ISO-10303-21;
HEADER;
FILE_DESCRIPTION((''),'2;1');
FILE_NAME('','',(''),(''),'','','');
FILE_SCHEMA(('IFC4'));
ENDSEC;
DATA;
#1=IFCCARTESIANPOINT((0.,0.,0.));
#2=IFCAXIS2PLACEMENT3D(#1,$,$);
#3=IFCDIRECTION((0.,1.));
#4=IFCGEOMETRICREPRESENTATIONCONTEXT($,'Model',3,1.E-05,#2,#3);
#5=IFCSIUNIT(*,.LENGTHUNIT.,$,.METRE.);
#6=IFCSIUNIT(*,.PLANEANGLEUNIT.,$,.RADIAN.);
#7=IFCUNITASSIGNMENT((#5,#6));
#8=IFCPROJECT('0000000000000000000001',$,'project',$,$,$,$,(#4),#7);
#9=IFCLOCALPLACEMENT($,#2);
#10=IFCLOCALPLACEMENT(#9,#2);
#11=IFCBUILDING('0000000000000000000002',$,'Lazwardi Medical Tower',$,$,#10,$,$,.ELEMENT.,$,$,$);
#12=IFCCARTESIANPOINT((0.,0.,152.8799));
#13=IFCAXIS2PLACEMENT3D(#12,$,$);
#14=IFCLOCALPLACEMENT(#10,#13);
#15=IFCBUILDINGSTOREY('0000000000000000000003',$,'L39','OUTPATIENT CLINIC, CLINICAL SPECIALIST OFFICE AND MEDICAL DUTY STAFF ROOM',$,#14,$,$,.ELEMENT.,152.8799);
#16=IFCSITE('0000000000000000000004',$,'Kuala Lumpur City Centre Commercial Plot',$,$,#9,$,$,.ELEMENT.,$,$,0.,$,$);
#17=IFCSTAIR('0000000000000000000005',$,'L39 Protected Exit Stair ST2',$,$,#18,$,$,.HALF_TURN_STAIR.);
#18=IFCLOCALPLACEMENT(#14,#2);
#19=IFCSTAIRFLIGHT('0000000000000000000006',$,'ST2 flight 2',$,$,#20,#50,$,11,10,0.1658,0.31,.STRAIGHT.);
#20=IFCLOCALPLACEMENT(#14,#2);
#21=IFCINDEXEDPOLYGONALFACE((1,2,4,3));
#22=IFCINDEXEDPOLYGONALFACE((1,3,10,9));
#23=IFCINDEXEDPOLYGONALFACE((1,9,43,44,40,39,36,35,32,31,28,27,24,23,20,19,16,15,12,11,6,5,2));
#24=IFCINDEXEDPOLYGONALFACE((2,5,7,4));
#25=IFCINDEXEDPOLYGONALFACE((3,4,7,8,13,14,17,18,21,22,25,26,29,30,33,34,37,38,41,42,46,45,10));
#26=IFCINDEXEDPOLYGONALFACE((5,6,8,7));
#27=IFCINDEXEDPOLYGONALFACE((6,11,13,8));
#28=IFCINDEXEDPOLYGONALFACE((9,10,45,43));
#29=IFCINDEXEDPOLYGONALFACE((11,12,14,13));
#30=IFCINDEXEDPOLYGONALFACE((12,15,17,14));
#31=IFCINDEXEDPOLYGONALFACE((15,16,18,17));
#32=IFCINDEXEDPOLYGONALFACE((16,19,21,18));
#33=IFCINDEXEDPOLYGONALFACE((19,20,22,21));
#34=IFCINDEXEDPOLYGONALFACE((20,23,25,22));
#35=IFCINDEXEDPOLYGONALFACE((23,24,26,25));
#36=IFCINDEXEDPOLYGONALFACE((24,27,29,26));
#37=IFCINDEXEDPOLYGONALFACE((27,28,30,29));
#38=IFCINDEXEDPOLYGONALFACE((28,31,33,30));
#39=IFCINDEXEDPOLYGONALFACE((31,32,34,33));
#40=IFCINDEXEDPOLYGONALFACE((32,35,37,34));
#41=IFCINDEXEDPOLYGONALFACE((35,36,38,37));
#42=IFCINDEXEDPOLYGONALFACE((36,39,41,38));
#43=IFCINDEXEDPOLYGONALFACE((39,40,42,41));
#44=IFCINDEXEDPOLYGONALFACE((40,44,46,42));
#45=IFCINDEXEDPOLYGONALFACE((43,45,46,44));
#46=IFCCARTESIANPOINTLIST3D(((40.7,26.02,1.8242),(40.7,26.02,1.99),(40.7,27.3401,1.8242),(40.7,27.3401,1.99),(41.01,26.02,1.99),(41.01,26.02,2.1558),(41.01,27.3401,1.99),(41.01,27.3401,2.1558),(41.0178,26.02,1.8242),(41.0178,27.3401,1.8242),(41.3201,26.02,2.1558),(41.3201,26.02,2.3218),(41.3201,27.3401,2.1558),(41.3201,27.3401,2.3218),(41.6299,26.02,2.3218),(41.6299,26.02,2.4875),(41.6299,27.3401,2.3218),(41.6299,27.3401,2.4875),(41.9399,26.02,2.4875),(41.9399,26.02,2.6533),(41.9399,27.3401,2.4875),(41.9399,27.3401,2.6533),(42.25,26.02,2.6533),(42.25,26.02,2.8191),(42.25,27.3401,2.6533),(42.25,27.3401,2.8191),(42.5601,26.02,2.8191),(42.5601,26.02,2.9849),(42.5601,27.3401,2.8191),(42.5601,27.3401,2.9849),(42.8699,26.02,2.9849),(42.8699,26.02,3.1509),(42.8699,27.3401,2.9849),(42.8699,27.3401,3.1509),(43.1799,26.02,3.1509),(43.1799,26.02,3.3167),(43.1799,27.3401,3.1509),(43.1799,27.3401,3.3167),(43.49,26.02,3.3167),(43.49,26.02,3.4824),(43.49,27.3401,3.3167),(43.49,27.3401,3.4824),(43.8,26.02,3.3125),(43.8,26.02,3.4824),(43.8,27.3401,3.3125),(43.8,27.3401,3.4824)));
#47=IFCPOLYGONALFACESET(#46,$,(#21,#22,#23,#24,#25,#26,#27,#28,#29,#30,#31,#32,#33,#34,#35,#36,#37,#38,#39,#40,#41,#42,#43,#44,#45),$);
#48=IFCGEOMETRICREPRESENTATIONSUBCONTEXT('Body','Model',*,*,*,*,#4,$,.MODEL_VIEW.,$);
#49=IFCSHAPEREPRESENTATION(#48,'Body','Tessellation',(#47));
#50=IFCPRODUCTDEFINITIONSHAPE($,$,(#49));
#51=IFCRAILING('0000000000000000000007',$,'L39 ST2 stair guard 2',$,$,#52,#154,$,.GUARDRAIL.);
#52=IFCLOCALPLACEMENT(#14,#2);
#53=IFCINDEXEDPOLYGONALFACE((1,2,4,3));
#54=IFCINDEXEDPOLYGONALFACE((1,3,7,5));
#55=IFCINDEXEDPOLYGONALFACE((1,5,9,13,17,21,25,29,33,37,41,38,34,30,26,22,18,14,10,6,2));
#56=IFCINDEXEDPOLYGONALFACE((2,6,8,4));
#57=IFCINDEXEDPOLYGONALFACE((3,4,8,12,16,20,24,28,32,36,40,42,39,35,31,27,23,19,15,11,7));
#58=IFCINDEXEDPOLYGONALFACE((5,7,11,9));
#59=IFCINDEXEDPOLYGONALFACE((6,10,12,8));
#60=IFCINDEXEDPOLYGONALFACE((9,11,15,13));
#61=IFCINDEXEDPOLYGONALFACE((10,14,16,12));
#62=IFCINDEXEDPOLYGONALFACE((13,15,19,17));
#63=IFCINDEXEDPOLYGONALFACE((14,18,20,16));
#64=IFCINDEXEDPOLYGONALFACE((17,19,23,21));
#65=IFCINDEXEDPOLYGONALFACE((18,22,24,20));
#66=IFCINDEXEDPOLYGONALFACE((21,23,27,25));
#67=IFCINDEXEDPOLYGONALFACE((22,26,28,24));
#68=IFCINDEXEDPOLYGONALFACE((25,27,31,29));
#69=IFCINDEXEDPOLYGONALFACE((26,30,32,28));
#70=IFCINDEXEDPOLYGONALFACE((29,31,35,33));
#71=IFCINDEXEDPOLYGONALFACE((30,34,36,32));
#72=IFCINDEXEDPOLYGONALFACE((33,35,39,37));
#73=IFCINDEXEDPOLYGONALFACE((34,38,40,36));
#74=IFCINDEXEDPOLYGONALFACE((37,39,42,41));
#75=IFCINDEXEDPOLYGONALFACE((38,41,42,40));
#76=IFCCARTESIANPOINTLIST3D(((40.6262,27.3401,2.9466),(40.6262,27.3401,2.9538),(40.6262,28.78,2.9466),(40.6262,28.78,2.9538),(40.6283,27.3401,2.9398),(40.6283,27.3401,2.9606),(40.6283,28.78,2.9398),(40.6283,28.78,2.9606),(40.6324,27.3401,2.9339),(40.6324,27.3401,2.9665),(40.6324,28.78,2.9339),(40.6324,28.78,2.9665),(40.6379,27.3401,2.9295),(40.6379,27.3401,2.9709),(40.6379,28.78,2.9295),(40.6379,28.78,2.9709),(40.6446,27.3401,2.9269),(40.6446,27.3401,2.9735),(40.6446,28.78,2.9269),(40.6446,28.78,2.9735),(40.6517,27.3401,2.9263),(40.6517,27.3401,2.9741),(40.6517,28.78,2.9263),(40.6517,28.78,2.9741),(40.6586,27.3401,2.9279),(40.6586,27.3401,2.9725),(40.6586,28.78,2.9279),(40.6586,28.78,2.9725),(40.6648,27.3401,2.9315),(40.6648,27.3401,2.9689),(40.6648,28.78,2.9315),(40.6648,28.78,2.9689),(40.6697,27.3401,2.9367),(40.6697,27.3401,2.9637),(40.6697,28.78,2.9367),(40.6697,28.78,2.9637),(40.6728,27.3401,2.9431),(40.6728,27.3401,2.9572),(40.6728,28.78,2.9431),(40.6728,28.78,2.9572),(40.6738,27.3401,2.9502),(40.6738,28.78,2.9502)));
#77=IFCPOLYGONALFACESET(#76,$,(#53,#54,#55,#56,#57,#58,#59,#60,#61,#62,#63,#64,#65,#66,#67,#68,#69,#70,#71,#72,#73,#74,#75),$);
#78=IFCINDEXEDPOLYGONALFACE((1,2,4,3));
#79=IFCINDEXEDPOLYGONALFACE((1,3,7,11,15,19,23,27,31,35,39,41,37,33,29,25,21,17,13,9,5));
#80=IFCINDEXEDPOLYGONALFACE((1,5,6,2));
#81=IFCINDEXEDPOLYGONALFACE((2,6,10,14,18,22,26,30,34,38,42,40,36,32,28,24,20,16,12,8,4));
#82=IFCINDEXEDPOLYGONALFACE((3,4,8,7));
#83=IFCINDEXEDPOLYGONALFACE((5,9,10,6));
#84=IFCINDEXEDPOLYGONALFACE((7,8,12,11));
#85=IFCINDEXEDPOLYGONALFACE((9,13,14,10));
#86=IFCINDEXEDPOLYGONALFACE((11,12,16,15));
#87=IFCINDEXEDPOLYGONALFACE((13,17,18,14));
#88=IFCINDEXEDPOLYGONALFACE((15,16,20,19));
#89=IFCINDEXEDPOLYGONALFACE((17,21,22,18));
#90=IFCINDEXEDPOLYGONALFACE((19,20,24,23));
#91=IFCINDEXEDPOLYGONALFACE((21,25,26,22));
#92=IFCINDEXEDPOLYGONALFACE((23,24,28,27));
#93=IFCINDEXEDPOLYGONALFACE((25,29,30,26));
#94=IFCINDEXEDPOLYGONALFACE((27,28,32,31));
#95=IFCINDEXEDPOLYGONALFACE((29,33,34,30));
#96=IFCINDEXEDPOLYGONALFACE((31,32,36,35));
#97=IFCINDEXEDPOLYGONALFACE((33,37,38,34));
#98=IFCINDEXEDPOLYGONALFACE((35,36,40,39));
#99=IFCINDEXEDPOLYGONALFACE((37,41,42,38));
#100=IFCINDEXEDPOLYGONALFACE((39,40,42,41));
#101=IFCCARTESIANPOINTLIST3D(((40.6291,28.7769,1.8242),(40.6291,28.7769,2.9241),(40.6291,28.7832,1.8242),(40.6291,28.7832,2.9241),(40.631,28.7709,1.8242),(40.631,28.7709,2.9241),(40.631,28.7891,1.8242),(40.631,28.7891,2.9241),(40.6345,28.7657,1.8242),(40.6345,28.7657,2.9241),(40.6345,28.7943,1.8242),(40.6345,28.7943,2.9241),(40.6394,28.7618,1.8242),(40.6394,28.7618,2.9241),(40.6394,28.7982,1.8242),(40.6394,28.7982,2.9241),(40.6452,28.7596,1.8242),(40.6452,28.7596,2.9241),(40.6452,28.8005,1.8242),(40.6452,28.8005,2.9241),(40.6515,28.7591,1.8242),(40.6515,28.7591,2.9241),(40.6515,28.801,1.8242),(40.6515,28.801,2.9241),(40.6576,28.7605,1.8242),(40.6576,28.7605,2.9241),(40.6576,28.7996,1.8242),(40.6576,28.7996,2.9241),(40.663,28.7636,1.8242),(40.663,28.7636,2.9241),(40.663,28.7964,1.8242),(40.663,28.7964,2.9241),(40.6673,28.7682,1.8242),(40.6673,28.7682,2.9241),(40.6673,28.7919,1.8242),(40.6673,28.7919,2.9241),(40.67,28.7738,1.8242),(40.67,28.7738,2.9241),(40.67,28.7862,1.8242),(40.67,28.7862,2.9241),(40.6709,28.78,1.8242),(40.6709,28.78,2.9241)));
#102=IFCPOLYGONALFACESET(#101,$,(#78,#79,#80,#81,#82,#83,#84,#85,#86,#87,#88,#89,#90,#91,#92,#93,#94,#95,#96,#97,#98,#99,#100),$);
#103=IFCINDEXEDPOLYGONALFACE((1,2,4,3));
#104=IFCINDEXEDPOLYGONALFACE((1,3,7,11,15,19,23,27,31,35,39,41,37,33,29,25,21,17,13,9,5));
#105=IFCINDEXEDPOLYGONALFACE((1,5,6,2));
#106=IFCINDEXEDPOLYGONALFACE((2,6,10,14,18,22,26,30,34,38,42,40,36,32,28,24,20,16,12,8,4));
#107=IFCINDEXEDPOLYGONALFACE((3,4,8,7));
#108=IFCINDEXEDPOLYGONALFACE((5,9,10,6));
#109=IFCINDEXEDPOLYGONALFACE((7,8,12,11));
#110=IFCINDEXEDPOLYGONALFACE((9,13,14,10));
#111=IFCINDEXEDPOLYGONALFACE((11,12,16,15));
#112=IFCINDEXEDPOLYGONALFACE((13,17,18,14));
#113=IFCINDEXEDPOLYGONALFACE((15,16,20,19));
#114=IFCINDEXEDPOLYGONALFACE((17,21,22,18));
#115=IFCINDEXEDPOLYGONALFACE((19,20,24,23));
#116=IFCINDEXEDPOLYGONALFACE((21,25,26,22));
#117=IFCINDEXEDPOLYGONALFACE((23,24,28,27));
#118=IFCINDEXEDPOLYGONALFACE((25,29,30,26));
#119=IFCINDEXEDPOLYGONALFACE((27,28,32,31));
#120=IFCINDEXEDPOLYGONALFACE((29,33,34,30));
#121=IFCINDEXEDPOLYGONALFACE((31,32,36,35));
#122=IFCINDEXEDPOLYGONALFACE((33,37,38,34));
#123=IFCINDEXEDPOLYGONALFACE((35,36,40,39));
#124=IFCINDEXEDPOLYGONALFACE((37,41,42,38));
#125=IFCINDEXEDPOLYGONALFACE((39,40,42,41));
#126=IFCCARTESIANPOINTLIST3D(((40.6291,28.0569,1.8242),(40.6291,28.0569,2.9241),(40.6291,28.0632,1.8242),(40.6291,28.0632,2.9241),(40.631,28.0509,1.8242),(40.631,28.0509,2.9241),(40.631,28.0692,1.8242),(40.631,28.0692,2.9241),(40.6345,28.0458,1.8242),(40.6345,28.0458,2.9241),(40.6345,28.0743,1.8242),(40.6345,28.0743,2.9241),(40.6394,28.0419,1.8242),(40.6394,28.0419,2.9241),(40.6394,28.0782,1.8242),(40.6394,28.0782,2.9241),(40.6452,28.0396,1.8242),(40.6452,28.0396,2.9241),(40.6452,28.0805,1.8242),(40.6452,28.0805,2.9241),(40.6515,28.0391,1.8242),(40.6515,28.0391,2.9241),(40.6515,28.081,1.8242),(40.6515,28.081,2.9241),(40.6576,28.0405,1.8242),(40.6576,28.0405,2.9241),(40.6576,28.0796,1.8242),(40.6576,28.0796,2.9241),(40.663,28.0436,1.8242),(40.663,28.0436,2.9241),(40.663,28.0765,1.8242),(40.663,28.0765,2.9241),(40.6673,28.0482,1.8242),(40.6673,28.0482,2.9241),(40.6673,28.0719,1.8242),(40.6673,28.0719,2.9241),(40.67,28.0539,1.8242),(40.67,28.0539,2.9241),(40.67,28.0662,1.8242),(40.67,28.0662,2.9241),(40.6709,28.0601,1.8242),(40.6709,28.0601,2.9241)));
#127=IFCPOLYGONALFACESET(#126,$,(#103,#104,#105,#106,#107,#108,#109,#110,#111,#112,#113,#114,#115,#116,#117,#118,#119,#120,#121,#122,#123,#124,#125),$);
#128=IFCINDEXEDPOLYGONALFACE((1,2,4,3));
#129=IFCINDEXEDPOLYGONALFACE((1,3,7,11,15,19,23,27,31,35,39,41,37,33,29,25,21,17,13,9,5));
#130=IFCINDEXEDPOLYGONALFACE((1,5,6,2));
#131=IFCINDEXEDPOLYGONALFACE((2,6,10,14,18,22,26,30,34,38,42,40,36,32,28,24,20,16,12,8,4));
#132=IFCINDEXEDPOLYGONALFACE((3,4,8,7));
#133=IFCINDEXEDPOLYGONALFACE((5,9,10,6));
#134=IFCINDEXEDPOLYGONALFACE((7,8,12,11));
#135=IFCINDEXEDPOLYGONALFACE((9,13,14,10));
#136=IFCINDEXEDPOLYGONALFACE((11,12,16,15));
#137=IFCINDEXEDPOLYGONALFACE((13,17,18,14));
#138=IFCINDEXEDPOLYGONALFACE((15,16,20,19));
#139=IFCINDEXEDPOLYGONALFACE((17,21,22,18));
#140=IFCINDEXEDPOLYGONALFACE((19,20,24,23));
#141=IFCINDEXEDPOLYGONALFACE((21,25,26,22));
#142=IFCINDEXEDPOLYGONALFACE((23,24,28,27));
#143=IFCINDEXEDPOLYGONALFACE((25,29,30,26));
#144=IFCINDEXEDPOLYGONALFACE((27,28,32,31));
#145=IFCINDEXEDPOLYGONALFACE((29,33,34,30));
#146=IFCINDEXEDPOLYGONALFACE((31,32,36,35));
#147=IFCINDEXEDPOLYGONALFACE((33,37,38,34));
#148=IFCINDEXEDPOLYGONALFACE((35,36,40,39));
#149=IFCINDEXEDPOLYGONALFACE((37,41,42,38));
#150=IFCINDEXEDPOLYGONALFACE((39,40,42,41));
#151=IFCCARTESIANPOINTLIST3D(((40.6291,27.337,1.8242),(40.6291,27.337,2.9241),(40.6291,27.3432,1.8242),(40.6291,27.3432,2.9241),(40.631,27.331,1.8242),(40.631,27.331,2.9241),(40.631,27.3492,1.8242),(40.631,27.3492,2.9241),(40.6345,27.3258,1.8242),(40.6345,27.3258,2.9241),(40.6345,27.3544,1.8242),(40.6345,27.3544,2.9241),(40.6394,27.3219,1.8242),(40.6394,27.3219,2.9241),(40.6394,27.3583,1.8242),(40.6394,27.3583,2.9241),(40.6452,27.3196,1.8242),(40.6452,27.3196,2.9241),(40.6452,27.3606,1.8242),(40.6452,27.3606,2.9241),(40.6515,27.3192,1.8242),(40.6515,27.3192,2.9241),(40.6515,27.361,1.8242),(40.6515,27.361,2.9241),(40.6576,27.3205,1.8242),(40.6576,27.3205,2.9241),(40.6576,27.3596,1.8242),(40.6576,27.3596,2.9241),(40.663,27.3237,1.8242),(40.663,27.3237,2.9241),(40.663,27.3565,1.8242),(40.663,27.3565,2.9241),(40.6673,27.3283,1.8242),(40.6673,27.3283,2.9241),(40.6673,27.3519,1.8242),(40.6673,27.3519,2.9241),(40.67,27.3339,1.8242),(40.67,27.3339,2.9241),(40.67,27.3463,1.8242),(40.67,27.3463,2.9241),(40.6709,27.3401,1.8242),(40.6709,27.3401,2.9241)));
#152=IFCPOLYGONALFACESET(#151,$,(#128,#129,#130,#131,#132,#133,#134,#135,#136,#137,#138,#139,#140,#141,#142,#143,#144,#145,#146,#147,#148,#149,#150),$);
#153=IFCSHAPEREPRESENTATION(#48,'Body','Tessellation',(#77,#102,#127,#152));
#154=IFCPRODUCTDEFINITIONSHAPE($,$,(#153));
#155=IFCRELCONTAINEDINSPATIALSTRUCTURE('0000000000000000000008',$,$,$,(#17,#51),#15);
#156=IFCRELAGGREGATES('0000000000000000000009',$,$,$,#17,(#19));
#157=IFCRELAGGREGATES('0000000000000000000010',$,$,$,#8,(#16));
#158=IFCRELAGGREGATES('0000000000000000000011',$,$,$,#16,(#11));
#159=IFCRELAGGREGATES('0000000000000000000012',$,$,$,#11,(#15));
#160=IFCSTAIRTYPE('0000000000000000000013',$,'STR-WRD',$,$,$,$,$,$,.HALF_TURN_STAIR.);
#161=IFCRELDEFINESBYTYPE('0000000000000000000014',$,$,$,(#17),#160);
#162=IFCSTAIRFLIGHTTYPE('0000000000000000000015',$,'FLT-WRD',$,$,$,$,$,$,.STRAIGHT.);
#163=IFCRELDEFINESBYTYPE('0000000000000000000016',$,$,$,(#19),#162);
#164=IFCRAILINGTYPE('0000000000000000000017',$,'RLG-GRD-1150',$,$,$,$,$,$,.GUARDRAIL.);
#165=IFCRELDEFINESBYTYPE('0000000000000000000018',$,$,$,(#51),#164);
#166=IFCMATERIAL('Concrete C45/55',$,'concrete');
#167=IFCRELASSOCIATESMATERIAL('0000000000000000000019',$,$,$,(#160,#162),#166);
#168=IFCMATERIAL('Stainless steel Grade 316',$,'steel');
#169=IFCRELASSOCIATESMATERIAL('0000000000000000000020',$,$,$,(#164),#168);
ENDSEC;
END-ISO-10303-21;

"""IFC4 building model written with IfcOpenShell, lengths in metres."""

from ifc_helpers import new_model, si_unit, direction, frame, origin, origin_2d, place, context, subcontext, project, spatial, polyline, circle, outline, extrude, material, type_object, element, aggregate, save


model = new_model("IFC4")

# Units and contexts
model_context = context("Model", 3, precision=1e-05, world=origin(), true_north=direction((0.0, 1.0)))
body_context = subcontext(model_context, "Body", "Model", "MODEL_VIEW")
ifc_project = project(units=[si_unit("LENGTHUNIT", "METRE"), si_unit("PLANEANGLEUNIT", "RADIAN")], contexts=[model_context])

# Site, building, storey
site_placement = place(None, origin())
site = spatial("IfcSite", under=ifc_project, at=site_placement, Name="Kuala Lumpur City Centre Commercial Plot", CompositionType="ELEMENT", RefElevation=0.0)
building_placement = place(site_placement, origin())
building = spatial("IfcBuilding", under=site, at=building_placement, Name="Lazwardi Medical Tower", CompositionType="ELEMENT")
storey_placement = place(building_placement, frame((0.0, 0.0, 152.8799)))
storey = spatial("IfcBuildingStorey", under=building, at=storey_placement, Name="L39", Description="OUTPATIENT CLINIC, CLINICAL SPECIALIST OFFICE AND MEDICAL DUTY STAFF ROOM", CompositionType="ELEMENT", Elevation=152.8799)

# Stair, stair flight
ifc_material_1 = material(Name="Concrete C45/55", Category="concrete")
stair_type = type_object("IfcStairType", Name="STR-WRD", PredefinedType="HALF_TURN_STAIR", material=ifc_material_1)
stair_placement = place(storey_placement, origin())
stair = element("IfcStair", 1, at=stair_placement, inside=storey, type_object=stair_type, Name="L39 Protected Exit Stair ST2", PredefinedType="HALF_TURN_STAIR")
stair_flight_type = type_object("IfcStairFlightType", Name="FLT-WRD", PredefinedType="STRAIGHT", material=ifc_material_1)
stair_flight_placement = place(storey_placement, frame((40.7, 26.6799, 1.8242), z_axis=(0.0, 0.0, 1.0), x_axis=(1.0, 0.0, 0.0)))
stair_flight = element("IfcStairFlight", 2, at=stair_flight_placement, type_object=stair_flight_type, Name="ST2 flight 2", NumberOfRisers=11, NumberOfTreads=10, PredefinedType="STRAIGHT", RiserHeight=0.1658, TreadLength=0.31, context=body_context, shape_type="SweptSolid", body=[
    extrude(outline(polyline([(0.0, 0.0), (0.0, 0.1658), (0.3101, 0.1658), (0.3101, 0.3315), (0.6201, 0.3315), (0.6201, 0.4976), (0.9299, 0.4976), (0.9299, 0.6633), (1.24, 0.6633), (1.24, 0.8291), (1.55, 0.8291), (1.55, 0.9949), (1.8601, 0.9949), (1.8601, 1.1606), (2.1699, 1.1606), (2.1699, 1.3267), (2.48, 1.3267), (2.48, 1.4924), (2.79, 1.4924), (2.79, 1.6582), (3.1001, 1.6582), (3.1001, 1.824), (3.1001, 1.4883), (0.3179, 0.0), (0.0, 0.0)])), frame((0.0, 0.6602, 0.0), z_axis=(0.0, -1.0, 0.0), x_axis=(1.0, 0.0, 0.0)), (0.0, 0.0, 1.0), 1.3201),
])
aggregate(stair, [stair_flight])

# Railing
ifc_material_2 = material(Name="Stainless steel Grade 316", Category="steel")
railing_type_1 = type_object("IfcRailingType", Name="RLG-GRD-1150", PredefinedType="GUARDRAIL", material=ifc_material_2)
railing_1_placement = place(storey_placement, frame((40.6499, 28.78, 1.8242)))
element("IfcRailing", 3, at=railing_1_placement, inside=storey, type_object=railing_type_1, Name="L39 ST2 stair guard 2", PredefinedType="GUARDRAIL", context=body_context, shape_type="SweptSolid", body=[
    extrude(circle(Radius=0.0239, at=origin_2d()), frame((0.0, 0.0, 1.126), z_axis=(0.0, -1.0, 0.0), x_axis=(1.0, 0.0, 0.0)), (0.0, 0.0, 1.0), 1.4399),
    extrude(circle(Radius=0.021, at=origin_2d()), origin(), (0.0, 0.0, 1.0), 1.0999),
    extrude(circle(Radius=0.021, at=origin_2d()), frame((0.0, -0.72, 0.0)), (0.0, 0.0, 1.0), 1.0999),
    extrude(circle(Radius=0.021, at=origin_2d()), frame((0.0, -1.4399, 0.0)), (0.0, 0.0, 1.0), 1.0999),
])

save(model, "model.ifc")
